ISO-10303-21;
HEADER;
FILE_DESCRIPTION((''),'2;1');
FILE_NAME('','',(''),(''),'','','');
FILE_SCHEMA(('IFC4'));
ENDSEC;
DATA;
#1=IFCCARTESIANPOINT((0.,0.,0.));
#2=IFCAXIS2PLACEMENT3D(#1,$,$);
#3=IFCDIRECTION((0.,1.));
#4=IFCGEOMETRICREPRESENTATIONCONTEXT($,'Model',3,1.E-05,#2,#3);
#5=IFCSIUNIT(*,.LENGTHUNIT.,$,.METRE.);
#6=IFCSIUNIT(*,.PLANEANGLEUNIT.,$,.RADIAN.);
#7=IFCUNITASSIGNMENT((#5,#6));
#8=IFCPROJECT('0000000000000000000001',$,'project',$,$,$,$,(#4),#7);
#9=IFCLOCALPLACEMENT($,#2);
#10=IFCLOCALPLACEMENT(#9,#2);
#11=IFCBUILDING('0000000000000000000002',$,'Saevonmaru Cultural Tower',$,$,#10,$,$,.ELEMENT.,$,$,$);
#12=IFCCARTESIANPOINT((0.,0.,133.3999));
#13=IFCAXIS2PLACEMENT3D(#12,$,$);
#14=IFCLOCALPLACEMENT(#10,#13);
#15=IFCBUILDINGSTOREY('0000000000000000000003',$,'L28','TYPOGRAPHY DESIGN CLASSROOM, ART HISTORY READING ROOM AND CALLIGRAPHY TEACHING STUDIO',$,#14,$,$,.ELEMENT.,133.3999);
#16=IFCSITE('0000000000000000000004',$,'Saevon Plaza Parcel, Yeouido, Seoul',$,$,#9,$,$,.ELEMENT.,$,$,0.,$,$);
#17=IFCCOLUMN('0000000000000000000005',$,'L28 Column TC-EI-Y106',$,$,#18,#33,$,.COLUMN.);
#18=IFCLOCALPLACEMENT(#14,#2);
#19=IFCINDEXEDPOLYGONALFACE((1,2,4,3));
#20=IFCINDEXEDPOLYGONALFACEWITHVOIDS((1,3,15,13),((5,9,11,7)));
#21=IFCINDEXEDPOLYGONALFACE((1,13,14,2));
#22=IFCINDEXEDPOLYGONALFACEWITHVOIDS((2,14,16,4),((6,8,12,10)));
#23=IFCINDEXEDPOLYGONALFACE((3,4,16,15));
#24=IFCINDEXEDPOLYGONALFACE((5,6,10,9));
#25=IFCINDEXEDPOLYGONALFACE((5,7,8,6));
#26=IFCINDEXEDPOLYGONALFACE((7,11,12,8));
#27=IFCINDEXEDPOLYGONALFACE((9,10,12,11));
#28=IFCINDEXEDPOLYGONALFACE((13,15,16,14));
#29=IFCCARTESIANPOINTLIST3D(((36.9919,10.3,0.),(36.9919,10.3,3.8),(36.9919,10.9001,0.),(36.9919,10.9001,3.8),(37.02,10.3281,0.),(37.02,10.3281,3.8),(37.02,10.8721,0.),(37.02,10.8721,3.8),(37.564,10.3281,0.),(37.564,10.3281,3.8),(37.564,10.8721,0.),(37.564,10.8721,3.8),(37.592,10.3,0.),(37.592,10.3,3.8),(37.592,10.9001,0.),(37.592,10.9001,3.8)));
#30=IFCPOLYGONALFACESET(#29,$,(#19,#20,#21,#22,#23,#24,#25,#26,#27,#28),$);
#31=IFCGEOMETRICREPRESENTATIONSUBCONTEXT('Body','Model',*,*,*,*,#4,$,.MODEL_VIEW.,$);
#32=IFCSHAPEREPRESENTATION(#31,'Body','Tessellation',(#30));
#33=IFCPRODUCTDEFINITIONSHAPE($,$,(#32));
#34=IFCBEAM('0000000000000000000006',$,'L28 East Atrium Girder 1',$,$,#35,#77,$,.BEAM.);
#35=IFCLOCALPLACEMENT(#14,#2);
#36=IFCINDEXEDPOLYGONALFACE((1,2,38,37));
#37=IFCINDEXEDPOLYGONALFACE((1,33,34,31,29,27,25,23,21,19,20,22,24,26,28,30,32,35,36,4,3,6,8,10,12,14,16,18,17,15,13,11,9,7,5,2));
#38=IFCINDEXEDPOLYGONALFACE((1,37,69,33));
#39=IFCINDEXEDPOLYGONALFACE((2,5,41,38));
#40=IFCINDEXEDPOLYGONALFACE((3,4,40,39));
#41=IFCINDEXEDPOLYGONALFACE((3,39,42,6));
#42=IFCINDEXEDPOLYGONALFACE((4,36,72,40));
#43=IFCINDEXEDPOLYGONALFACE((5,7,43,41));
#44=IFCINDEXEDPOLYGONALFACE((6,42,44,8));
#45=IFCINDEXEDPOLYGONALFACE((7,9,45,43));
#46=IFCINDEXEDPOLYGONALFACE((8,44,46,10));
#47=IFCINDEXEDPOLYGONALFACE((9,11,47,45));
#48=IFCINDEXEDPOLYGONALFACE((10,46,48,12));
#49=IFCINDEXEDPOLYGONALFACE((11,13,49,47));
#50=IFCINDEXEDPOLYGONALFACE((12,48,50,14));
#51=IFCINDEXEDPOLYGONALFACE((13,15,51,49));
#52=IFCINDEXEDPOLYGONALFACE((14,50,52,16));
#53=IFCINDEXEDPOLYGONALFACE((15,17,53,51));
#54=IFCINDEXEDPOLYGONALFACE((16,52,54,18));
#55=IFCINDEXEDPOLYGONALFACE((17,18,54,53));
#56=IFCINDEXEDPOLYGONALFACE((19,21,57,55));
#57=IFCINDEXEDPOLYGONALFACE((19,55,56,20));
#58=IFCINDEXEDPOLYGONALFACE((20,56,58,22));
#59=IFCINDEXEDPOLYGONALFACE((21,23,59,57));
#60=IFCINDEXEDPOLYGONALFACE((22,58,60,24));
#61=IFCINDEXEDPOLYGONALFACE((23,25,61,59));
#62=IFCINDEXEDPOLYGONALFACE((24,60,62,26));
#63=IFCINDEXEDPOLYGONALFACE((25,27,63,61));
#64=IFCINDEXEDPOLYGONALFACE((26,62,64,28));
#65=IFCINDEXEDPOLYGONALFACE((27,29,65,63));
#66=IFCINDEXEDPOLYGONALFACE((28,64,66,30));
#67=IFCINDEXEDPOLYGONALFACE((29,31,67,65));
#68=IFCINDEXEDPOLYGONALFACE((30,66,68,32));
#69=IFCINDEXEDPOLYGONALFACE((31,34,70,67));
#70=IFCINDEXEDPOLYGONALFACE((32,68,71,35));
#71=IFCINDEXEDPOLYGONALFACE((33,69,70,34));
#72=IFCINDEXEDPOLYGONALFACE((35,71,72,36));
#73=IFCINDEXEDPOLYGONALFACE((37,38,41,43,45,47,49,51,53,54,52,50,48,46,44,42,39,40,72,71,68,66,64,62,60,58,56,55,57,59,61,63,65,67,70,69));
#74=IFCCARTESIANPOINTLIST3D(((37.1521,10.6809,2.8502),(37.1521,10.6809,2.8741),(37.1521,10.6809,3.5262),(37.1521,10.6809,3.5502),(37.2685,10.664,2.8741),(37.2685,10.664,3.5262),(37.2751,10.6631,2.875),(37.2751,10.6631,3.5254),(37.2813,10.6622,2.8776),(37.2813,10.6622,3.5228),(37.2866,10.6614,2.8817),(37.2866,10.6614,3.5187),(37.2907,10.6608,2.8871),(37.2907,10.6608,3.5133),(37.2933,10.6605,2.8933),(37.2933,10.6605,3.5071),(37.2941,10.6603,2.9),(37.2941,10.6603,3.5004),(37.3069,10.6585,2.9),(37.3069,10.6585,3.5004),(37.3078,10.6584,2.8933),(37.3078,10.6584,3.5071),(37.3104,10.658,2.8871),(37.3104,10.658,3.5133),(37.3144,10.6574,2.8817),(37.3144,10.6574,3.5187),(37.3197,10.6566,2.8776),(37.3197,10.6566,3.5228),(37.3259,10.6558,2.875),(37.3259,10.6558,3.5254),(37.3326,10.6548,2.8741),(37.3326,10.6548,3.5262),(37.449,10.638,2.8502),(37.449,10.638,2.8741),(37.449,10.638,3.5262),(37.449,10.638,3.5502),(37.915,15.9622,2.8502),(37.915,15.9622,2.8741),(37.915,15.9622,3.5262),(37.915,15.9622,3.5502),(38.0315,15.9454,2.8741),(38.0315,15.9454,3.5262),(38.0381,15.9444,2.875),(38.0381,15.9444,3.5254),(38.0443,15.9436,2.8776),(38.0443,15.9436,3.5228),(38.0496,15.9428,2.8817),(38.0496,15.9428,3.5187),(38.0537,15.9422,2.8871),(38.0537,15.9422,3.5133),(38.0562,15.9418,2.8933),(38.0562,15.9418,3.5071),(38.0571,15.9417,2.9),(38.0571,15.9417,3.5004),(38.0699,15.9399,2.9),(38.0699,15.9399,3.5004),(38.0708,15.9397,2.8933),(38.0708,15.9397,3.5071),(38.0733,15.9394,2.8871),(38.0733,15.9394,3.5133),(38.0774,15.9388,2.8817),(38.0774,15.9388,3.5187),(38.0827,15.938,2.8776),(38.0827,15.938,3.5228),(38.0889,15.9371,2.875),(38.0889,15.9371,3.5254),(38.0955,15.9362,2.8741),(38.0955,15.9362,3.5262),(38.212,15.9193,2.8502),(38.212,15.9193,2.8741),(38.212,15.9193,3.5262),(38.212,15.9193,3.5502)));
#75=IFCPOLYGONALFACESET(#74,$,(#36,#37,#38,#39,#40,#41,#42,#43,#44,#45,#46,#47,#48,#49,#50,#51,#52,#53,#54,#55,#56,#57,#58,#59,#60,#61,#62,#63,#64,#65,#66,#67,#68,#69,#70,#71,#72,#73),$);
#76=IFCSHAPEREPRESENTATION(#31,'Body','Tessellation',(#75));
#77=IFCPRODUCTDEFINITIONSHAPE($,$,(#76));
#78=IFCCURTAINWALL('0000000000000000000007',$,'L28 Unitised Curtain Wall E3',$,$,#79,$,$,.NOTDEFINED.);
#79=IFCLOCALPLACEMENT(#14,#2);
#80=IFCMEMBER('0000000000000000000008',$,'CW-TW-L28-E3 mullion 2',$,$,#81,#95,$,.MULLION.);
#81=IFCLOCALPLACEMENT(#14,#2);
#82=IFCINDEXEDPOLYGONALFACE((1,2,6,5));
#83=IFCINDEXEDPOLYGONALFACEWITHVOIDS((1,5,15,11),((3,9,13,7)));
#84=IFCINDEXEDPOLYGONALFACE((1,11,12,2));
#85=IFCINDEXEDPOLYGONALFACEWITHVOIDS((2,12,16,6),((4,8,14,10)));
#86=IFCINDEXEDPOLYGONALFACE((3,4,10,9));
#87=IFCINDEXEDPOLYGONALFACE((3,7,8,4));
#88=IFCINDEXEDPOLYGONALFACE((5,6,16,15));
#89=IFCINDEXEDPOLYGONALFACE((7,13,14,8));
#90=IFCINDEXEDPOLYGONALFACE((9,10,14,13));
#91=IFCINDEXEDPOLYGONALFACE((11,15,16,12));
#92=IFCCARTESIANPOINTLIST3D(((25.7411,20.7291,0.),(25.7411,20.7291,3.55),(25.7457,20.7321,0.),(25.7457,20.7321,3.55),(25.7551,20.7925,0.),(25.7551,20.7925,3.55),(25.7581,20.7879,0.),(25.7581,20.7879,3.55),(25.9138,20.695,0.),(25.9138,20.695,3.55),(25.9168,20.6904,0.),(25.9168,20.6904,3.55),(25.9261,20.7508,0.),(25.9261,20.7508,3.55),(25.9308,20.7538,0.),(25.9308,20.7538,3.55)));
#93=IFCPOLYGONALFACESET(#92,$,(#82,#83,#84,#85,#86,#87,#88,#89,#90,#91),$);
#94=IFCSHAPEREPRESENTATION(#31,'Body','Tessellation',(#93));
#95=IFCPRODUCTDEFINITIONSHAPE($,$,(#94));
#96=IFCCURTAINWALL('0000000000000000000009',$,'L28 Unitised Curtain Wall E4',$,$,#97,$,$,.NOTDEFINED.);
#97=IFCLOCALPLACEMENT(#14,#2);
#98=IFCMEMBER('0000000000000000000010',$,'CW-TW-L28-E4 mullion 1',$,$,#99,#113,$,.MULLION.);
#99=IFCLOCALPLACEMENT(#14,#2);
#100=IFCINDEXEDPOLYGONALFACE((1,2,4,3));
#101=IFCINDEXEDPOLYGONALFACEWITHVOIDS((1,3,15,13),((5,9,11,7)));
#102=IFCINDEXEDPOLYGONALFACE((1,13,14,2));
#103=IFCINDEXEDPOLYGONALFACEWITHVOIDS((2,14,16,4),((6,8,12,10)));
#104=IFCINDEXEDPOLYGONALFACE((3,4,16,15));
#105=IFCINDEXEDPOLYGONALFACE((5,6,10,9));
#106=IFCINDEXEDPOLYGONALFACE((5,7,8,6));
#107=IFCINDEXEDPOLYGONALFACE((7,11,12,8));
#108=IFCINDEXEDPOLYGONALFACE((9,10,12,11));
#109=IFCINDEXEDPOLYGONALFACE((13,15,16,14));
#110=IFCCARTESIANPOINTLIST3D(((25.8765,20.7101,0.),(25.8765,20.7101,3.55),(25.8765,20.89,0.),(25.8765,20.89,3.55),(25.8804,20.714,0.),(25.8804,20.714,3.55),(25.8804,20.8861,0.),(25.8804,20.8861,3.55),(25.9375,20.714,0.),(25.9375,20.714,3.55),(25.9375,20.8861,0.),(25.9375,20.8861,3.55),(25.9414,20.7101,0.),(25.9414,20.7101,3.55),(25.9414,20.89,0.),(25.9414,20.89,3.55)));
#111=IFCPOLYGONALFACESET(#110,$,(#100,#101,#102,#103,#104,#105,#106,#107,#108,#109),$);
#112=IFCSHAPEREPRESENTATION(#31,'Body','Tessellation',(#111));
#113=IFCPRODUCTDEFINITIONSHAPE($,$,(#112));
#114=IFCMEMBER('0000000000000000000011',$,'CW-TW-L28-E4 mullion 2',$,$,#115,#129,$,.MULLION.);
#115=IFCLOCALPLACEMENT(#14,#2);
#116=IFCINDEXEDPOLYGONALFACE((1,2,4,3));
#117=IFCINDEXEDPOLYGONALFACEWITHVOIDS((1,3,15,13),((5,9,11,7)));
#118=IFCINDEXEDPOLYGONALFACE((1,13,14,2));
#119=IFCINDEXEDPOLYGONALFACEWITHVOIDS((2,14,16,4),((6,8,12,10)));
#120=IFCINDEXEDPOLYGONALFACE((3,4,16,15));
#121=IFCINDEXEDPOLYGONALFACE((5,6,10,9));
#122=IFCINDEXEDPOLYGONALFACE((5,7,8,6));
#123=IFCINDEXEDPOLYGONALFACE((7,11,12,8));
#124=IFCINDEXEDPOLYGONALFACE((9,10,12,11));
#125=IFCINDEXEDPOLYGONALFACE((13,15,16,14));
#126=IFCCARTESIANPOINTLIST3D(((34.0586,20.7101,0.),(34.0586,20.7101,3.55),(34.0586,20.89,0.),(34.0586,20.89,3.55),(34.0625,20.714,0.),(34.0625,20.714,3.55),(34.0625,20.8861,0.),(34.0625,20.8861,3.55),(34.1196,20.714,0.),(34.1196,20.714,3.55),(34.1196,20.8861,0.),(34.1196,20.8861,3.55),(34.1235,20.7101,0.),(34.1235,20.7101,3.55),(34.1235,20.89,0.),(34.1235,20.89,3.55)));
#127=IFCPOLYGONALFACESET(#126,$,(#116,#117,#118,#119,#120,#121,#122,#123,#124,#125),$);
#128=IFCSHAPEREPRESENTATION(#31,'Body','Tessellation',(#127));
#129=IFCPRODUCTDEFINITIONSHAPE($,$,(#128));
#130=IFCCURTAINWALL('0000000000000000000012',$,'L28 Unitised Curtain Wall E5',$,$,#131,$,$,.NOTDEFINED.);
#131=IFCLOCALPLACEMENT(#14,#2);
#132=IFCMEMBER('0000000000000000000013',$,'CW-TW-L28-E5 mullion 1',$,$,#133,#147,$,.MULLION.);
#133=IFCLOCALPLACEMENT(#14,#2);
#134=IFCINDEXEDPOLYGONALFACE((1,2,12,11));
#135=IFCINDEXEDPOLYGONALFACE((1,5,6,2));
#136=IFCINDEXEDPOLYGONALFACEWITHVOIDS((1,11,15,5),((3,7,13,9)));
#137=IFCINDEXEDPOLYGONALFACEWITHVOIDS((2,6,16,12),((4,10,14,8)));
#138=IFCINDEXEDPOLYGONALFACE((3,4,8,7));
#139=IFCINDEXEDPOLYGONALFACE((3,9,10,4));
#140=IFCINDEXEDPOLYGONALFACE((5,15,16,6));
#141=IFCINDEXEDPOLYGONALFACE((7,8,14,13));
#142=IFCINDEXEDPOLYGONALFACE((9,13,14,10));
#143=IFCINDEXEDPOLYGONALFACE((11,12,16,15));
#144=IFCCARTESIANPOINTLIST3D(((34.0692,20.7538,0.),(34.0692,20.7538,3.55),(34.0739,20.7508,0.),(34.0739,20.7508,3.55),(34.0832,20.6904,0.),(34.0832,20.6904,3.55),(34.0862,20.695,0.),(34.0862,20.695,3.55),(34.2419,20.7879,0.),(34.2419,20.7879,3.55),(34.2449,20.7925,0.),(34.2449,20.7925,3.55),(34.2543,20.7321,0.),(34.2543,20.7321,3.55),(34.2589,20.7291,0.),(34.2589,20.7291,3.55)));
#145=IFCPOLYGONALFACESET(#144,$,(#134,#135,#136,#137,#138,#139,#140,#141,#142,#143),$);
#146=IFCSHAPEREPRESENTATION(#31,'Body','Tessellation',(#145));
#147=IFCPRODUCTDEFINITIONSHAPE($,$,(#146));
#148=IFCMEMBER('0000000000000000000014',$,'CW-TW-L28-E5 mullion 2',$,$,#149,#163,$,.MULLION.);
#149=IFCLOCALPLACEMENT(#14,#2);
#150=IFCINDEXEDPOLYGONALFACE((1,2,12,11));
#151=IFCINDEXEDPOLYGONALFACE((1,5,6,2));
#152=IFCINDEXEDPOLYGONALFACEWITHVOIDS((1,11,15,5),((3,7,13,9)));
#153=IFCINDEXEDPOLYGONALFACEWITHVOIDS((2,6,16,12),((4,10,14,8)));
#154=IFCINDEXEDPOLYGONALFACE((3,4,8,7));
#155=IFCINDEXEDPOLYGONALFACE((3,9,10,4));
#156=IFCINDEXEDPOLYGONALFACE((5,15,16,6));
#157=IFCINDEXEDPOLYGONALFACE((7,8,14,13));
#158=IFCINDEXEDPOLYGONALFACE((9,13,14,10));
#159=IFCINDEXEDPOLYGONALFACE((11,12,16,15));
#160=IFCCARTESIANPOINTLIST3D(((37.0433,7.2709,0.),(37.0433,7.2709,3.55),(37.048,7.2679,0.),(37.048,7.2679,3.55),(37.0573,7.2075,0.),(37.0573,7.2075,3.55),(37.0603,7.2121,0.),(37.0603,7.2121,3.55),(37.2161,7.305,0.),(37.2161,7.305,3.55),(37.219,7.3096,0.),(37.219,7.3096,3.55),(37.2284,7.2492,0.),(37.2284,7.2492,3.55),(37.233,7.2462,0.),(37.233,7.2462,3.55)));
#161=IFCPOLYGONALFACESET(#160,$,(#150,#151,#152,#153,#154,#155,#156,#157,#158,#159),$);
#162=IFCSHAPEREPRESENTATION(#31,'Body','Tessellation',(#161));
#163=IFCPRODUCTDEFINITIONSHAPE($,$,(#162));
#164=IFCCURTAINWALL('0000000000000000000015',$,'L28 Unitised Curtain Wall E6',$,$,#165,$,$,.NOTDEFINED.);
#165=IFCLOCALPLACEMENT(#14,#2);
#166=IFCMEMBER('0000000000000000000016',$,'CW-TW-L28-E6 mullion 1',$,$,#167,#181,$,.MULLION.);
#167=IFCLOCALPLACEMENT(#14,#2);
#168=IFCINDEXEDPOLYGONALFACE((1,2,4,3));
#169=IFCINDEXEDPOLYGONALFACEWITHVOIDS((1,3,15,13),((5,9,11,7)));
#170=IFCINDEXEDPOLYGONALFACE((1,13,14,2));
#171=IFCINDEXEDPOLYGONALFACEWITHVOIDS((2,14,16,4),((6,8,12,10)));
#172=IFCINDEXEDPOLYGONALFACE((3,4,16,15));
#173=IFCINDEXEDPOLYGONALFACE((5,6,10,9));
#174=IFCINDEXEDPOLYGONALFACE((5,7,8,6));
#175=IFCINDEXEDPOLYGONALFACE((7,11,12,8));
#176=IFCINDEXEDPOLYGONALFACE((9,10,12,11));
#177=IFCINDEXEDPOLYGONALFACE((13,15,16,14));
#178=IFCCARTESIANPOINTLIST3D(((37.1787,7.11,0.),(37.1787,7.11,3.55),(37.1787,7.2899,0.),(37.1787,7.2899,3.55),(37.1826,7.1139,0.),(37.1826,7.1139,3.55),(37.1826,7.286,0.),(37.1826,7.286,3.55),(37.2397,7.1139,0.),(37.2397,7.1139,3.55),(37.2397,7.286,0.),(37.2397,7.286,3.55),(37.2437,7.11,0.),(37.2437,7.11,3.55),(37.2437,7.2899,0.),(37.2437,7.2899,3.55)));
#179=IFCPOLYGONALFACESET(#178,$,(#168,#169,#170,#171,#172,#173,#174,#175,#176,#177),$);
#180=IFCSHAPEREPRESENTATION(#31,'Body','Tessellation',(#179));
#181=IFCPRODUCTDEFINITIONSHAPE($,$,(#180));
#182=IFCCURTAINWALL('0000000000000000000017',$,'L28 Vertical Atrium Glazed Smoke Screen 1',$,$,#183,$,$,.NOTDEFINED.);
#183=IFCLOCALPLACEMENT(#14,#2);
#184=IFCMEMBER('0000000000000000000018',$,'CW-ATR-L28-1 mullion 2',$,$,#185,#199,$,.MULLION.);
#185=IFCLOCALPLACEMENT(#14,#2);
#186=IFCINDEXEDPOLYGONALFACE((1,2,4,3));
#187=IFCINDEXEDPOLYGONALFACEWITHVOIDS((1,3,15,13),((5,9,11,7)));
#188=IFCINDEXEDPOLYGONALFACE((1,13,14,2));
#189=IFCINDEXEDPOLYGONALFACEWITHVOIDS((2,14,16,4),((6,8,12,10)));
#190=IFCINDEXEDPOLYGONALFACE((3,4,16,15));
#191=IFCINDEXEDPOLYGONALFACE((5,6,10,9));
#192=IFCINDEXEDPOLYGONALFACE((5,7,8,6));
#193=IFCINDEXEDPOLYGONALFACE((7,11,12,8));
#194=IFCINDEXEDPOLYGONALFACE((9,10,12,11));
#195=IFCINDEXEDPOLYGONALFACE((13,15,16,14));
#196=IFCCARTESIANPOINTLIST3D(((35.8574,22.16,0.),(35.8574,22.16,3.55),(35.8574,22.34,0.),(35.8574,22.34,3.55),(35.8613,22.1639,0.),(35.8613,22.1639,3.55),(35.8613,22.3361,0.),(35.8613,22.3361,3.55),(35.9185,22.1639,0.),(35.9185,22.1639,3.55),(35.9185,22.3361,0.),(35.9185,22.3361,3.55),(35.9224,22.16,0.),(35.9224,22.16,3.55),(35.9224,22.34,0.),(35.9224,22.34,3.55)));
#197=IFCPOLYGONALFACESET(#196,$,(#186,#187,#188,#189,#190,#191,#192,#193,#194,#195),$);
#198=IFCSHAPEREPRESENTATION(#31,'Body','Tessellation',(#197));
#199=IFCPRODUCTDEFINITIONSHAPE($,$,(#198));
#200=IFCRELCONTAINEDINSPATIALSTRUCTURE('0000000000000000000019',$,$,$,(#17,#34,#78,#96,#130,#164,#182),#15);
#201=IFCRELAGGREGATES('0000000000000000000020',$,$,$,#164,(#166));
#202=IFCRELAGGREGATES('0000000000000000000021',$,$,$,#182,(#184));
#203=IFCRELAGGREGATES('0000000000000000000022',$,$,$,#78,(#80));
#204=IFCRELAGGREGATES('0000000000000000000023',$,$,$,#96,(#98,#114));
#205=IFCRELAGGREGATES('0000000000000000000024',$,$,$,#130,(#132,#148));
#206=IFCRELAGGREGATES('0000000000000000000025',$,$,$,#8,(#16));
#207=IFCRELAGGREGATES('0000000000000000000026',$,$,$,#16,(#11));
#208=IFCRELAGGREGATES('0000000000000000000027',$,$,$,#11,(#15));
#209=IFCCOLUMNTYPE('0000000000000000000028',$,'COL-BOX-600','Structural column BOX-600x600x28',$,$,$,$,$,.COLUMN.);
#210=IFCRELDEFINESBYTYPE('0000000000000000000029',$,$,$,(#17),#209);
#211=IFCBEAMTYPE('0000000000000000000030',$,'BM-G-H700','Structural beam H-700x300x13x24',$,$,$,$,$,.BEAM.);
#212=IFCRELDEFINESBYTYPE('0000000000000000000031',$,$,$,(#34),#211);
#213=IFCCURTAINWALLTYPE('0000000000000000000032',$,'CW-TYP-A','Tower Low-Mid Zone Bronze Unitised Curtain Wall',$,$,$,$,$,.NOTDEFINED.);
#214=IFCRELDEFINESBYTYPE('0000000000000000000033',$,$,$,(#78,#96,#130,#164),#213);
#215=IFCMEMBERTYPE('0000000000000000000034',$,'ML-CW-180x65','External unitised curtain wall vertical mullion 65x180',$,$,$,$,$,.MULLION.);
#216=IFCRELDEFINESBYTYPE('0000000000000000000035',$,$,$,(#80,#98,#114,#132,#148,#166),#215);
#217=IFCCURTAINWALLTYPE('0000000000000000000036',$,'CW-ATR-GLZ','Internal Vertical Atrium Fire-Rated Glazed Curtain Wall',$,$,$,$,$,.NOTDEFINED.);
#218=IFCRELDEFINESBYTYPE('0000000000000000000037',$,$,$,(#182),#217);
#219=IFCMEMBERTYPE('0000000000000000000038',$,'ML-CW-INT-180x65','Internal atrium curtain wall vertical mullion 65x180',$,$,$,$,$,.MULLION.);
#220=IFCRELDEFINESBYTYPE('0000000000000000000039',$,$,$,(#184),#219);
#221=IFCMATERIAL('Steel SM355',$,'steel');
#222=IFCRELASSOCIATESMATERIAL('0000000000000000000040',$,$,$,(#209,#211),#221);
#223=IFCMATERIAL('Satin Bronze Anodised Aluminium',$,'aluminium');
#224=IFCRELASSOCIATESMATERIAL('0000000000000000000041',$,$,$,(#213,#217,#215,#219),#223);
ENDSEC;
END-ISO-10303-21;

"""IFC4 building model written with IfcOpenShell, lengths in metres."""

from ifc_helpers import new_model, si_unit, direction, frame, origin, origin_2d, place, context, subcontext, project, spatial, hollow_rectangle, i_section, extrude, material, material_profile, profile_set, type_object, element, aggregate, save


model = new_model("IFC4")

# Units and contexts
model_context = context("Model", 3, precision=1e-05, world=origin(), true_north=direction((0.0, 1.0)))
body_context = subcontext(model_context, "Body", "Model", "MODEL_VIEW")
ifc_project = project(units=[si_unit("LENGTHUNIT", "METRE"), si_unit("PLANEANGLEUNIT", "RADIAN")], contexts=[model_context])

# Site, building, storey
site_placement = place(None, origin())
site = spatial("IfcSite", under=ifc_project, at=site_placement, Name="Saevon Plaza Parcel, Yeouido, Seoul", CompositionType="ELEMENT", RefElevation=0.0)
building_placement = place(site_placement, origin())
building = spatial("IfcBuilding", under=site, at=building_placement, Name="Saevonmaru Cultural Tower", CompositionType="ELEMENT")
storey_placement = place(building_placement, frame((0.0, 0.0, 133.3999)))
storey = spatial("IfcBuildingStorey", under=building, at=storey_placement, Name="L28", Description="TYPOGRAPHY DESIGN CLASSROOM, ART HISTORY READING ROOM AND CALLIGRAPHY TEACHING STUDIO", CompositionType="ELEMENT", Elevation=133.3999)

# Column
ifc_material_1 = material(Name="Steel SM355", Category="steel")
ifc_material_profile_1 = material_profile(ifc_material_1, hollow_rectangle(XDim=0.6001, YDim=0.6001, WallThickness=0.0281, at=origin_2d()), Name="BOX-600x600x28")
ifc_profile_set_1 = profile_set([ifc_material_profile_1], Name="Steel SM355")
column_type = type_object("IfcColumnType", Name="COL-BOX-600", Description="Structural column BOX-600x600x28", PredefinedType="COLUMN", material=ifc_profile_set_1)
column_placement = place(storey_placement, frame((37.292, 10.6001, 0.0), z_axis=(0.0, 0.0, 1.0), x_axis=(1.0, 0.0, 0.0)))
element("IfcColumn", 1, at=column_placement, inside=storey, type_object=column_type, Name="L28 Column TC-EI-Y106", PredefinedType="COLUMN", context=body_context, shape_type="SweptSolid", body=[
    extrude(hollow_rectangle(XDim=0.6001, YDim=0.6001, WallThickness=0.0281, at=origin_2d()), origin(), (0.0, 0.0, 1.0), 3.8),
])

# Beam
ifc_material_profile_2 = material_profile(ifc_material_1, i_section(OverallWidth=0.3, OverallDepth=0.7, WebThickness=0.0129, FlangeThickness=0.0239, FilletRadius=0.0259, at=origin_2d()), Name="H-700x300x13x24")
ifc_profile_set_2 = profile_set([ifc_material_profile_2], Name="Steel SM355")
beam_type = type_object("IfcBeamType", Name="BM-G-H700", Description="Structural beam H-700x300x13x24", PredefinedType="BEAM", material=ifc_profile_set_2)
beam_placement = place(storey_placement, frame((37.3005, 10.6594, 3.2002), z_axis=(0.142978, 0.989726, 0.0), x_axis=(-0.989726, 0.142978, 0.0)))
element("IfcBeam", 2, at=beam_placement, inside=storey, type_object=beam_type, Name="L28 East Atrium Girder 1", PredefinedType="BEAM", context=body_context, shape_type="SweptSolid", body=[
    extrude(i_section(OverallWidth=0.3, OverallDepth=0.7, WebThickness=0.0129, FlangeThickness=0.0239, FilletRadius=0.0259, at=origin_2d()), origin(), (0.0, 0.0, 1.0), 5.3362),
])

# Curtain wall, member
ifc_material_2 = material(Name="Satin Bronze Anodised Aluminium", Category="aluminium")
curtain_wall_type_1 = type_object("IfcCurtainWallType", Name="CW-TYP-A", Description="Tower Low-Mid Zone Bronze Unitised Curtain Wall", PredefinedType="NOTDEFINED", material=ifc_material_2)
curtain_wall_1_placement = place(storey_placement, origin())
curtain_wall_1 = element("IfcCurtainWall", 3, at=curtain_wall_1_placement, inside=storey, type_object=curtain_wall_type_1, Name="L28 Unitised Curtain Wall E3", PredefinedType="NOTDEFINED")
ifc_material_profile_3 = material_profile(ifc_material_2, hollow_rectangle(XDim=0.0649, YDim=0.1799, WallThickness=0.0039, at=origin_2d()), Name="ALU-MULL-180x65x4")
ifc_profile_set_3 = profile_set([ifc_material_profile_3], Name="Satin Bronze Anodised Aluminium")
member_type_1 = type_object("IfcMemberType", Name="ML-CW-180x65", Description="External unitised curtain wall vertical mullion 65x180", PredefinedType="MULLION", material=ifc_profile_set_3)
member_1_placement = place(storey_placement, frame((25.8359, 20.7415, 0.0), z_axis=(0.0, 0.0, 1.0), x_axis=(0.215413, 0.976523, 0.0)))
member_1 = element("IfcMember", 4, at=member_1_placement, type_object=member_type_1, Name="CW-TW-L28-E3 mullion 2", PredefinedType="MULLION", context=body_context, shape_type="SweptSolid", body=[
    extrude(hollow_rectangle(XDim=0.0649, YDim=0.1799, WallThickness=0.0039, at=origin_2d()), origin(), (0.0, 0.0, 1.0), 3.55),
])

# Curtain walls, members
curtain_wall_2_placement = place(storey_placement, origin())
curtain_wall_2 = element("IfcCurtainWall", 5, at=curtain_wall_2_placement, inside=storey, type_object=curtain_wall_type_1, Name="L28 Unitised Curtain Wall E4", PredefinedType="NOTDEFINED")
member_2_placement = place(storey_placement, frame((25.9089, 20.8, 0.0), z_axis=(0.0, 0.0, 1.0), x_axis=(1.0, 0.0, 0.0)))
member_2 = element("IfcMember", 6, at=member_2_placement, type_object=member_type_1, Name="CW-TW-L28-E4 mullion 1", PredefinedType="MULLION", context=body_context, shape_type="SweptSolid", body=[
    extrude(hollow_rectangle(XDim=0.0649, YDim=0.1799, WallThickness=0.0039, at=origin_2d()), origin(), (0.0, 0.0, 1.0), 3.55),
])
member_3_placement = place(storey_placement, frame((34.0911, 20.8, 0.0), z_axis=(0.0, 0.0, 1.0), x_axis=(1.0, 0.0, 0.0)))
member_3 = element("IfcMember", 7, at=member_3_placement, type_object=member_type_1, Name="CW-TW-L28-E4 mullion 2", PredefinedType="MULLION", context=body_context, shape_type="SweptSolid", body=[
    extrude(hollow_rectangle(XDim=0.0649, YDim=0.1799, WallThickness=0.0039, at=origin_2d()), origin(), (0.0, 0.0, 1.0), 3.55),
])
curtain_wall_3_placement = place(storey_placement, origin())
curtain_wall_3 = element("IfcCurtainWall", 8, at=curtain_wall_3_placement, inside=storey, type_object=curtain_wall_type_1, Name="L28 Unitised Curtain Wall E5", PredefinedType="NOTDEFINED")
member_4_placement = place(storey_placement, frame((34.1641, 20.7415, 0.0), z_axis=(0.0, 0.0, 1.0), x_axis=(0.215413, -0.976523, 0.0)))
member_4 = element("IfcMember", 9, at=member_4_placement, type_object=member_type_1, Name="CW-TW-L28-E5 mullion 1", PredefinedType="MULLION", context=body_context, shape_type="SweptSolid", body=[
    extrude(hollow_rectangle(XDim=0.0649, YDim=0.1799, WallThickness=0.0039, at=origin_2d()), origin(), (0.0, 0.0, 1.0), 3.55),
])
member_5_placement = place(storey_placement, frame((37.1382, 7.2585, 0.0), z_axis=(0.0, 0.0, 1.0), x_axis=(0.215413, -0.976523, 0.0)))
member_5 = element("IfcMember", 10, at=member_5_placement, type_object=member_type_1, Name="CW-TW-L28-E5 mullion 2", PredefinedType="MULLION", context=body_context, shape_type="SweptSolid", body=[
    extrude(hollow_rectangle(XDim=0.0649, YDim=0.1799, WallThickness=0.0039, at=origin_2d()), origin(), (0.0, 0.0, 1.0), 3.55),
])

# Curtain walls, members
curtain_wall_4_placement = place(storey_placement, origin())
curtain_wall_4 = element("IfcCurtainWall", 11, at=curtain_wall_4_placement, inside=storey, type_object=curtain_wall_type_1, Name="L28 Unitised Curtain Wall E6", PredefinedType="NOTDEFINED")
member_6_placement = place(storey_placement, frame((37.2112, 7.2, 0.0), z_axis=(0.0, 0.0, 1.0), x_axis=(1.0, 0.0, 0.0)))
member_6 = element("IfcMember", 12, at=member_6_placement, type_object=member_type_1, Name="CW-TW-L28-E6 mullion 1", PredefinedType="MULLION", context=body_context, shape_type="SweptSolid", body=[
    extrude(hollow_rectangle(XDim=0.0649, YDim=0.1799, WallThickness=0.0039, at=origin_2d()), origin(), (0.0, 0.0, 1.0), 3.55),
])
curtain_wall_type_2 = type_object("IfcCurtainWallType", Name="CW-ATR-GLZ", Description="Internal Vertical Atrium Fire-Rated Glazed Curtain Wall", PredefinedType="NOTDEFINED", material=ifc_material_2)
curtain_wall_5_placement = place(storey_placement, origin())
curtain_wall_5 = element("IfcCurtainWall", 13, at=curtain_wall_5_placement, inside=storey, type_object=curtain_wall_type_2, Name="L28 Vertical Atrium Glazed Smoke Screen 1", PredefinedType="NOTDEFINED")
ifc_material_profile_4 = material_profile(ifc_material_2, hollow_rectangle(XDim=0.0649, YDim=0.1799, WallThickness=0.0039, at=origin_2d()), Name="ALU-MULL-180x65x4")
ifc_profile_set_4 = profile_set([ifc_material_profile_4], Name="Satin Bronze Anodised Aluminium")
member_type_2 = type_object("IfcMemberType", Name="ML-CW-INT-180x65", Description="Internal atrium curtain wall vertical mullion 65x180", PredefinedType="MULLION", material=ifc_profile_set_4)
member_7_placement = place(storey_placement, frame((35.8899, 22.25, 0.0), z_axis=(0.0, 0.0, 1.0), x_axis=(1.0, 0.0, 0.0)))
member_7 = element("IfcMember", 14, at=member_7_placement, type_object=member_type_2, Name="CW-ATR-L28-1 mullion 2", PredefinedType="MULLION", context=body_context, shape_type="SweptSolid", body=[
    extrude(hollow_rectangle(XDim=0.0649, YDim=0.1799, WallThickness=0.0039, at=origin_2d()), origin(), (0.0, 0.0, 1.0), 3.55),
])

aggregate(curtain_wall_4, [member_6])

aggregate(curtain_wall_5, [member_7])
aggregate(curtain_wall_1, [member_1])
aggregate(curtain_wall_2, [member_2, member_3])
aggregate(curtain_wall_3, [member_4, member_5])

save(model, "model.ifc")
